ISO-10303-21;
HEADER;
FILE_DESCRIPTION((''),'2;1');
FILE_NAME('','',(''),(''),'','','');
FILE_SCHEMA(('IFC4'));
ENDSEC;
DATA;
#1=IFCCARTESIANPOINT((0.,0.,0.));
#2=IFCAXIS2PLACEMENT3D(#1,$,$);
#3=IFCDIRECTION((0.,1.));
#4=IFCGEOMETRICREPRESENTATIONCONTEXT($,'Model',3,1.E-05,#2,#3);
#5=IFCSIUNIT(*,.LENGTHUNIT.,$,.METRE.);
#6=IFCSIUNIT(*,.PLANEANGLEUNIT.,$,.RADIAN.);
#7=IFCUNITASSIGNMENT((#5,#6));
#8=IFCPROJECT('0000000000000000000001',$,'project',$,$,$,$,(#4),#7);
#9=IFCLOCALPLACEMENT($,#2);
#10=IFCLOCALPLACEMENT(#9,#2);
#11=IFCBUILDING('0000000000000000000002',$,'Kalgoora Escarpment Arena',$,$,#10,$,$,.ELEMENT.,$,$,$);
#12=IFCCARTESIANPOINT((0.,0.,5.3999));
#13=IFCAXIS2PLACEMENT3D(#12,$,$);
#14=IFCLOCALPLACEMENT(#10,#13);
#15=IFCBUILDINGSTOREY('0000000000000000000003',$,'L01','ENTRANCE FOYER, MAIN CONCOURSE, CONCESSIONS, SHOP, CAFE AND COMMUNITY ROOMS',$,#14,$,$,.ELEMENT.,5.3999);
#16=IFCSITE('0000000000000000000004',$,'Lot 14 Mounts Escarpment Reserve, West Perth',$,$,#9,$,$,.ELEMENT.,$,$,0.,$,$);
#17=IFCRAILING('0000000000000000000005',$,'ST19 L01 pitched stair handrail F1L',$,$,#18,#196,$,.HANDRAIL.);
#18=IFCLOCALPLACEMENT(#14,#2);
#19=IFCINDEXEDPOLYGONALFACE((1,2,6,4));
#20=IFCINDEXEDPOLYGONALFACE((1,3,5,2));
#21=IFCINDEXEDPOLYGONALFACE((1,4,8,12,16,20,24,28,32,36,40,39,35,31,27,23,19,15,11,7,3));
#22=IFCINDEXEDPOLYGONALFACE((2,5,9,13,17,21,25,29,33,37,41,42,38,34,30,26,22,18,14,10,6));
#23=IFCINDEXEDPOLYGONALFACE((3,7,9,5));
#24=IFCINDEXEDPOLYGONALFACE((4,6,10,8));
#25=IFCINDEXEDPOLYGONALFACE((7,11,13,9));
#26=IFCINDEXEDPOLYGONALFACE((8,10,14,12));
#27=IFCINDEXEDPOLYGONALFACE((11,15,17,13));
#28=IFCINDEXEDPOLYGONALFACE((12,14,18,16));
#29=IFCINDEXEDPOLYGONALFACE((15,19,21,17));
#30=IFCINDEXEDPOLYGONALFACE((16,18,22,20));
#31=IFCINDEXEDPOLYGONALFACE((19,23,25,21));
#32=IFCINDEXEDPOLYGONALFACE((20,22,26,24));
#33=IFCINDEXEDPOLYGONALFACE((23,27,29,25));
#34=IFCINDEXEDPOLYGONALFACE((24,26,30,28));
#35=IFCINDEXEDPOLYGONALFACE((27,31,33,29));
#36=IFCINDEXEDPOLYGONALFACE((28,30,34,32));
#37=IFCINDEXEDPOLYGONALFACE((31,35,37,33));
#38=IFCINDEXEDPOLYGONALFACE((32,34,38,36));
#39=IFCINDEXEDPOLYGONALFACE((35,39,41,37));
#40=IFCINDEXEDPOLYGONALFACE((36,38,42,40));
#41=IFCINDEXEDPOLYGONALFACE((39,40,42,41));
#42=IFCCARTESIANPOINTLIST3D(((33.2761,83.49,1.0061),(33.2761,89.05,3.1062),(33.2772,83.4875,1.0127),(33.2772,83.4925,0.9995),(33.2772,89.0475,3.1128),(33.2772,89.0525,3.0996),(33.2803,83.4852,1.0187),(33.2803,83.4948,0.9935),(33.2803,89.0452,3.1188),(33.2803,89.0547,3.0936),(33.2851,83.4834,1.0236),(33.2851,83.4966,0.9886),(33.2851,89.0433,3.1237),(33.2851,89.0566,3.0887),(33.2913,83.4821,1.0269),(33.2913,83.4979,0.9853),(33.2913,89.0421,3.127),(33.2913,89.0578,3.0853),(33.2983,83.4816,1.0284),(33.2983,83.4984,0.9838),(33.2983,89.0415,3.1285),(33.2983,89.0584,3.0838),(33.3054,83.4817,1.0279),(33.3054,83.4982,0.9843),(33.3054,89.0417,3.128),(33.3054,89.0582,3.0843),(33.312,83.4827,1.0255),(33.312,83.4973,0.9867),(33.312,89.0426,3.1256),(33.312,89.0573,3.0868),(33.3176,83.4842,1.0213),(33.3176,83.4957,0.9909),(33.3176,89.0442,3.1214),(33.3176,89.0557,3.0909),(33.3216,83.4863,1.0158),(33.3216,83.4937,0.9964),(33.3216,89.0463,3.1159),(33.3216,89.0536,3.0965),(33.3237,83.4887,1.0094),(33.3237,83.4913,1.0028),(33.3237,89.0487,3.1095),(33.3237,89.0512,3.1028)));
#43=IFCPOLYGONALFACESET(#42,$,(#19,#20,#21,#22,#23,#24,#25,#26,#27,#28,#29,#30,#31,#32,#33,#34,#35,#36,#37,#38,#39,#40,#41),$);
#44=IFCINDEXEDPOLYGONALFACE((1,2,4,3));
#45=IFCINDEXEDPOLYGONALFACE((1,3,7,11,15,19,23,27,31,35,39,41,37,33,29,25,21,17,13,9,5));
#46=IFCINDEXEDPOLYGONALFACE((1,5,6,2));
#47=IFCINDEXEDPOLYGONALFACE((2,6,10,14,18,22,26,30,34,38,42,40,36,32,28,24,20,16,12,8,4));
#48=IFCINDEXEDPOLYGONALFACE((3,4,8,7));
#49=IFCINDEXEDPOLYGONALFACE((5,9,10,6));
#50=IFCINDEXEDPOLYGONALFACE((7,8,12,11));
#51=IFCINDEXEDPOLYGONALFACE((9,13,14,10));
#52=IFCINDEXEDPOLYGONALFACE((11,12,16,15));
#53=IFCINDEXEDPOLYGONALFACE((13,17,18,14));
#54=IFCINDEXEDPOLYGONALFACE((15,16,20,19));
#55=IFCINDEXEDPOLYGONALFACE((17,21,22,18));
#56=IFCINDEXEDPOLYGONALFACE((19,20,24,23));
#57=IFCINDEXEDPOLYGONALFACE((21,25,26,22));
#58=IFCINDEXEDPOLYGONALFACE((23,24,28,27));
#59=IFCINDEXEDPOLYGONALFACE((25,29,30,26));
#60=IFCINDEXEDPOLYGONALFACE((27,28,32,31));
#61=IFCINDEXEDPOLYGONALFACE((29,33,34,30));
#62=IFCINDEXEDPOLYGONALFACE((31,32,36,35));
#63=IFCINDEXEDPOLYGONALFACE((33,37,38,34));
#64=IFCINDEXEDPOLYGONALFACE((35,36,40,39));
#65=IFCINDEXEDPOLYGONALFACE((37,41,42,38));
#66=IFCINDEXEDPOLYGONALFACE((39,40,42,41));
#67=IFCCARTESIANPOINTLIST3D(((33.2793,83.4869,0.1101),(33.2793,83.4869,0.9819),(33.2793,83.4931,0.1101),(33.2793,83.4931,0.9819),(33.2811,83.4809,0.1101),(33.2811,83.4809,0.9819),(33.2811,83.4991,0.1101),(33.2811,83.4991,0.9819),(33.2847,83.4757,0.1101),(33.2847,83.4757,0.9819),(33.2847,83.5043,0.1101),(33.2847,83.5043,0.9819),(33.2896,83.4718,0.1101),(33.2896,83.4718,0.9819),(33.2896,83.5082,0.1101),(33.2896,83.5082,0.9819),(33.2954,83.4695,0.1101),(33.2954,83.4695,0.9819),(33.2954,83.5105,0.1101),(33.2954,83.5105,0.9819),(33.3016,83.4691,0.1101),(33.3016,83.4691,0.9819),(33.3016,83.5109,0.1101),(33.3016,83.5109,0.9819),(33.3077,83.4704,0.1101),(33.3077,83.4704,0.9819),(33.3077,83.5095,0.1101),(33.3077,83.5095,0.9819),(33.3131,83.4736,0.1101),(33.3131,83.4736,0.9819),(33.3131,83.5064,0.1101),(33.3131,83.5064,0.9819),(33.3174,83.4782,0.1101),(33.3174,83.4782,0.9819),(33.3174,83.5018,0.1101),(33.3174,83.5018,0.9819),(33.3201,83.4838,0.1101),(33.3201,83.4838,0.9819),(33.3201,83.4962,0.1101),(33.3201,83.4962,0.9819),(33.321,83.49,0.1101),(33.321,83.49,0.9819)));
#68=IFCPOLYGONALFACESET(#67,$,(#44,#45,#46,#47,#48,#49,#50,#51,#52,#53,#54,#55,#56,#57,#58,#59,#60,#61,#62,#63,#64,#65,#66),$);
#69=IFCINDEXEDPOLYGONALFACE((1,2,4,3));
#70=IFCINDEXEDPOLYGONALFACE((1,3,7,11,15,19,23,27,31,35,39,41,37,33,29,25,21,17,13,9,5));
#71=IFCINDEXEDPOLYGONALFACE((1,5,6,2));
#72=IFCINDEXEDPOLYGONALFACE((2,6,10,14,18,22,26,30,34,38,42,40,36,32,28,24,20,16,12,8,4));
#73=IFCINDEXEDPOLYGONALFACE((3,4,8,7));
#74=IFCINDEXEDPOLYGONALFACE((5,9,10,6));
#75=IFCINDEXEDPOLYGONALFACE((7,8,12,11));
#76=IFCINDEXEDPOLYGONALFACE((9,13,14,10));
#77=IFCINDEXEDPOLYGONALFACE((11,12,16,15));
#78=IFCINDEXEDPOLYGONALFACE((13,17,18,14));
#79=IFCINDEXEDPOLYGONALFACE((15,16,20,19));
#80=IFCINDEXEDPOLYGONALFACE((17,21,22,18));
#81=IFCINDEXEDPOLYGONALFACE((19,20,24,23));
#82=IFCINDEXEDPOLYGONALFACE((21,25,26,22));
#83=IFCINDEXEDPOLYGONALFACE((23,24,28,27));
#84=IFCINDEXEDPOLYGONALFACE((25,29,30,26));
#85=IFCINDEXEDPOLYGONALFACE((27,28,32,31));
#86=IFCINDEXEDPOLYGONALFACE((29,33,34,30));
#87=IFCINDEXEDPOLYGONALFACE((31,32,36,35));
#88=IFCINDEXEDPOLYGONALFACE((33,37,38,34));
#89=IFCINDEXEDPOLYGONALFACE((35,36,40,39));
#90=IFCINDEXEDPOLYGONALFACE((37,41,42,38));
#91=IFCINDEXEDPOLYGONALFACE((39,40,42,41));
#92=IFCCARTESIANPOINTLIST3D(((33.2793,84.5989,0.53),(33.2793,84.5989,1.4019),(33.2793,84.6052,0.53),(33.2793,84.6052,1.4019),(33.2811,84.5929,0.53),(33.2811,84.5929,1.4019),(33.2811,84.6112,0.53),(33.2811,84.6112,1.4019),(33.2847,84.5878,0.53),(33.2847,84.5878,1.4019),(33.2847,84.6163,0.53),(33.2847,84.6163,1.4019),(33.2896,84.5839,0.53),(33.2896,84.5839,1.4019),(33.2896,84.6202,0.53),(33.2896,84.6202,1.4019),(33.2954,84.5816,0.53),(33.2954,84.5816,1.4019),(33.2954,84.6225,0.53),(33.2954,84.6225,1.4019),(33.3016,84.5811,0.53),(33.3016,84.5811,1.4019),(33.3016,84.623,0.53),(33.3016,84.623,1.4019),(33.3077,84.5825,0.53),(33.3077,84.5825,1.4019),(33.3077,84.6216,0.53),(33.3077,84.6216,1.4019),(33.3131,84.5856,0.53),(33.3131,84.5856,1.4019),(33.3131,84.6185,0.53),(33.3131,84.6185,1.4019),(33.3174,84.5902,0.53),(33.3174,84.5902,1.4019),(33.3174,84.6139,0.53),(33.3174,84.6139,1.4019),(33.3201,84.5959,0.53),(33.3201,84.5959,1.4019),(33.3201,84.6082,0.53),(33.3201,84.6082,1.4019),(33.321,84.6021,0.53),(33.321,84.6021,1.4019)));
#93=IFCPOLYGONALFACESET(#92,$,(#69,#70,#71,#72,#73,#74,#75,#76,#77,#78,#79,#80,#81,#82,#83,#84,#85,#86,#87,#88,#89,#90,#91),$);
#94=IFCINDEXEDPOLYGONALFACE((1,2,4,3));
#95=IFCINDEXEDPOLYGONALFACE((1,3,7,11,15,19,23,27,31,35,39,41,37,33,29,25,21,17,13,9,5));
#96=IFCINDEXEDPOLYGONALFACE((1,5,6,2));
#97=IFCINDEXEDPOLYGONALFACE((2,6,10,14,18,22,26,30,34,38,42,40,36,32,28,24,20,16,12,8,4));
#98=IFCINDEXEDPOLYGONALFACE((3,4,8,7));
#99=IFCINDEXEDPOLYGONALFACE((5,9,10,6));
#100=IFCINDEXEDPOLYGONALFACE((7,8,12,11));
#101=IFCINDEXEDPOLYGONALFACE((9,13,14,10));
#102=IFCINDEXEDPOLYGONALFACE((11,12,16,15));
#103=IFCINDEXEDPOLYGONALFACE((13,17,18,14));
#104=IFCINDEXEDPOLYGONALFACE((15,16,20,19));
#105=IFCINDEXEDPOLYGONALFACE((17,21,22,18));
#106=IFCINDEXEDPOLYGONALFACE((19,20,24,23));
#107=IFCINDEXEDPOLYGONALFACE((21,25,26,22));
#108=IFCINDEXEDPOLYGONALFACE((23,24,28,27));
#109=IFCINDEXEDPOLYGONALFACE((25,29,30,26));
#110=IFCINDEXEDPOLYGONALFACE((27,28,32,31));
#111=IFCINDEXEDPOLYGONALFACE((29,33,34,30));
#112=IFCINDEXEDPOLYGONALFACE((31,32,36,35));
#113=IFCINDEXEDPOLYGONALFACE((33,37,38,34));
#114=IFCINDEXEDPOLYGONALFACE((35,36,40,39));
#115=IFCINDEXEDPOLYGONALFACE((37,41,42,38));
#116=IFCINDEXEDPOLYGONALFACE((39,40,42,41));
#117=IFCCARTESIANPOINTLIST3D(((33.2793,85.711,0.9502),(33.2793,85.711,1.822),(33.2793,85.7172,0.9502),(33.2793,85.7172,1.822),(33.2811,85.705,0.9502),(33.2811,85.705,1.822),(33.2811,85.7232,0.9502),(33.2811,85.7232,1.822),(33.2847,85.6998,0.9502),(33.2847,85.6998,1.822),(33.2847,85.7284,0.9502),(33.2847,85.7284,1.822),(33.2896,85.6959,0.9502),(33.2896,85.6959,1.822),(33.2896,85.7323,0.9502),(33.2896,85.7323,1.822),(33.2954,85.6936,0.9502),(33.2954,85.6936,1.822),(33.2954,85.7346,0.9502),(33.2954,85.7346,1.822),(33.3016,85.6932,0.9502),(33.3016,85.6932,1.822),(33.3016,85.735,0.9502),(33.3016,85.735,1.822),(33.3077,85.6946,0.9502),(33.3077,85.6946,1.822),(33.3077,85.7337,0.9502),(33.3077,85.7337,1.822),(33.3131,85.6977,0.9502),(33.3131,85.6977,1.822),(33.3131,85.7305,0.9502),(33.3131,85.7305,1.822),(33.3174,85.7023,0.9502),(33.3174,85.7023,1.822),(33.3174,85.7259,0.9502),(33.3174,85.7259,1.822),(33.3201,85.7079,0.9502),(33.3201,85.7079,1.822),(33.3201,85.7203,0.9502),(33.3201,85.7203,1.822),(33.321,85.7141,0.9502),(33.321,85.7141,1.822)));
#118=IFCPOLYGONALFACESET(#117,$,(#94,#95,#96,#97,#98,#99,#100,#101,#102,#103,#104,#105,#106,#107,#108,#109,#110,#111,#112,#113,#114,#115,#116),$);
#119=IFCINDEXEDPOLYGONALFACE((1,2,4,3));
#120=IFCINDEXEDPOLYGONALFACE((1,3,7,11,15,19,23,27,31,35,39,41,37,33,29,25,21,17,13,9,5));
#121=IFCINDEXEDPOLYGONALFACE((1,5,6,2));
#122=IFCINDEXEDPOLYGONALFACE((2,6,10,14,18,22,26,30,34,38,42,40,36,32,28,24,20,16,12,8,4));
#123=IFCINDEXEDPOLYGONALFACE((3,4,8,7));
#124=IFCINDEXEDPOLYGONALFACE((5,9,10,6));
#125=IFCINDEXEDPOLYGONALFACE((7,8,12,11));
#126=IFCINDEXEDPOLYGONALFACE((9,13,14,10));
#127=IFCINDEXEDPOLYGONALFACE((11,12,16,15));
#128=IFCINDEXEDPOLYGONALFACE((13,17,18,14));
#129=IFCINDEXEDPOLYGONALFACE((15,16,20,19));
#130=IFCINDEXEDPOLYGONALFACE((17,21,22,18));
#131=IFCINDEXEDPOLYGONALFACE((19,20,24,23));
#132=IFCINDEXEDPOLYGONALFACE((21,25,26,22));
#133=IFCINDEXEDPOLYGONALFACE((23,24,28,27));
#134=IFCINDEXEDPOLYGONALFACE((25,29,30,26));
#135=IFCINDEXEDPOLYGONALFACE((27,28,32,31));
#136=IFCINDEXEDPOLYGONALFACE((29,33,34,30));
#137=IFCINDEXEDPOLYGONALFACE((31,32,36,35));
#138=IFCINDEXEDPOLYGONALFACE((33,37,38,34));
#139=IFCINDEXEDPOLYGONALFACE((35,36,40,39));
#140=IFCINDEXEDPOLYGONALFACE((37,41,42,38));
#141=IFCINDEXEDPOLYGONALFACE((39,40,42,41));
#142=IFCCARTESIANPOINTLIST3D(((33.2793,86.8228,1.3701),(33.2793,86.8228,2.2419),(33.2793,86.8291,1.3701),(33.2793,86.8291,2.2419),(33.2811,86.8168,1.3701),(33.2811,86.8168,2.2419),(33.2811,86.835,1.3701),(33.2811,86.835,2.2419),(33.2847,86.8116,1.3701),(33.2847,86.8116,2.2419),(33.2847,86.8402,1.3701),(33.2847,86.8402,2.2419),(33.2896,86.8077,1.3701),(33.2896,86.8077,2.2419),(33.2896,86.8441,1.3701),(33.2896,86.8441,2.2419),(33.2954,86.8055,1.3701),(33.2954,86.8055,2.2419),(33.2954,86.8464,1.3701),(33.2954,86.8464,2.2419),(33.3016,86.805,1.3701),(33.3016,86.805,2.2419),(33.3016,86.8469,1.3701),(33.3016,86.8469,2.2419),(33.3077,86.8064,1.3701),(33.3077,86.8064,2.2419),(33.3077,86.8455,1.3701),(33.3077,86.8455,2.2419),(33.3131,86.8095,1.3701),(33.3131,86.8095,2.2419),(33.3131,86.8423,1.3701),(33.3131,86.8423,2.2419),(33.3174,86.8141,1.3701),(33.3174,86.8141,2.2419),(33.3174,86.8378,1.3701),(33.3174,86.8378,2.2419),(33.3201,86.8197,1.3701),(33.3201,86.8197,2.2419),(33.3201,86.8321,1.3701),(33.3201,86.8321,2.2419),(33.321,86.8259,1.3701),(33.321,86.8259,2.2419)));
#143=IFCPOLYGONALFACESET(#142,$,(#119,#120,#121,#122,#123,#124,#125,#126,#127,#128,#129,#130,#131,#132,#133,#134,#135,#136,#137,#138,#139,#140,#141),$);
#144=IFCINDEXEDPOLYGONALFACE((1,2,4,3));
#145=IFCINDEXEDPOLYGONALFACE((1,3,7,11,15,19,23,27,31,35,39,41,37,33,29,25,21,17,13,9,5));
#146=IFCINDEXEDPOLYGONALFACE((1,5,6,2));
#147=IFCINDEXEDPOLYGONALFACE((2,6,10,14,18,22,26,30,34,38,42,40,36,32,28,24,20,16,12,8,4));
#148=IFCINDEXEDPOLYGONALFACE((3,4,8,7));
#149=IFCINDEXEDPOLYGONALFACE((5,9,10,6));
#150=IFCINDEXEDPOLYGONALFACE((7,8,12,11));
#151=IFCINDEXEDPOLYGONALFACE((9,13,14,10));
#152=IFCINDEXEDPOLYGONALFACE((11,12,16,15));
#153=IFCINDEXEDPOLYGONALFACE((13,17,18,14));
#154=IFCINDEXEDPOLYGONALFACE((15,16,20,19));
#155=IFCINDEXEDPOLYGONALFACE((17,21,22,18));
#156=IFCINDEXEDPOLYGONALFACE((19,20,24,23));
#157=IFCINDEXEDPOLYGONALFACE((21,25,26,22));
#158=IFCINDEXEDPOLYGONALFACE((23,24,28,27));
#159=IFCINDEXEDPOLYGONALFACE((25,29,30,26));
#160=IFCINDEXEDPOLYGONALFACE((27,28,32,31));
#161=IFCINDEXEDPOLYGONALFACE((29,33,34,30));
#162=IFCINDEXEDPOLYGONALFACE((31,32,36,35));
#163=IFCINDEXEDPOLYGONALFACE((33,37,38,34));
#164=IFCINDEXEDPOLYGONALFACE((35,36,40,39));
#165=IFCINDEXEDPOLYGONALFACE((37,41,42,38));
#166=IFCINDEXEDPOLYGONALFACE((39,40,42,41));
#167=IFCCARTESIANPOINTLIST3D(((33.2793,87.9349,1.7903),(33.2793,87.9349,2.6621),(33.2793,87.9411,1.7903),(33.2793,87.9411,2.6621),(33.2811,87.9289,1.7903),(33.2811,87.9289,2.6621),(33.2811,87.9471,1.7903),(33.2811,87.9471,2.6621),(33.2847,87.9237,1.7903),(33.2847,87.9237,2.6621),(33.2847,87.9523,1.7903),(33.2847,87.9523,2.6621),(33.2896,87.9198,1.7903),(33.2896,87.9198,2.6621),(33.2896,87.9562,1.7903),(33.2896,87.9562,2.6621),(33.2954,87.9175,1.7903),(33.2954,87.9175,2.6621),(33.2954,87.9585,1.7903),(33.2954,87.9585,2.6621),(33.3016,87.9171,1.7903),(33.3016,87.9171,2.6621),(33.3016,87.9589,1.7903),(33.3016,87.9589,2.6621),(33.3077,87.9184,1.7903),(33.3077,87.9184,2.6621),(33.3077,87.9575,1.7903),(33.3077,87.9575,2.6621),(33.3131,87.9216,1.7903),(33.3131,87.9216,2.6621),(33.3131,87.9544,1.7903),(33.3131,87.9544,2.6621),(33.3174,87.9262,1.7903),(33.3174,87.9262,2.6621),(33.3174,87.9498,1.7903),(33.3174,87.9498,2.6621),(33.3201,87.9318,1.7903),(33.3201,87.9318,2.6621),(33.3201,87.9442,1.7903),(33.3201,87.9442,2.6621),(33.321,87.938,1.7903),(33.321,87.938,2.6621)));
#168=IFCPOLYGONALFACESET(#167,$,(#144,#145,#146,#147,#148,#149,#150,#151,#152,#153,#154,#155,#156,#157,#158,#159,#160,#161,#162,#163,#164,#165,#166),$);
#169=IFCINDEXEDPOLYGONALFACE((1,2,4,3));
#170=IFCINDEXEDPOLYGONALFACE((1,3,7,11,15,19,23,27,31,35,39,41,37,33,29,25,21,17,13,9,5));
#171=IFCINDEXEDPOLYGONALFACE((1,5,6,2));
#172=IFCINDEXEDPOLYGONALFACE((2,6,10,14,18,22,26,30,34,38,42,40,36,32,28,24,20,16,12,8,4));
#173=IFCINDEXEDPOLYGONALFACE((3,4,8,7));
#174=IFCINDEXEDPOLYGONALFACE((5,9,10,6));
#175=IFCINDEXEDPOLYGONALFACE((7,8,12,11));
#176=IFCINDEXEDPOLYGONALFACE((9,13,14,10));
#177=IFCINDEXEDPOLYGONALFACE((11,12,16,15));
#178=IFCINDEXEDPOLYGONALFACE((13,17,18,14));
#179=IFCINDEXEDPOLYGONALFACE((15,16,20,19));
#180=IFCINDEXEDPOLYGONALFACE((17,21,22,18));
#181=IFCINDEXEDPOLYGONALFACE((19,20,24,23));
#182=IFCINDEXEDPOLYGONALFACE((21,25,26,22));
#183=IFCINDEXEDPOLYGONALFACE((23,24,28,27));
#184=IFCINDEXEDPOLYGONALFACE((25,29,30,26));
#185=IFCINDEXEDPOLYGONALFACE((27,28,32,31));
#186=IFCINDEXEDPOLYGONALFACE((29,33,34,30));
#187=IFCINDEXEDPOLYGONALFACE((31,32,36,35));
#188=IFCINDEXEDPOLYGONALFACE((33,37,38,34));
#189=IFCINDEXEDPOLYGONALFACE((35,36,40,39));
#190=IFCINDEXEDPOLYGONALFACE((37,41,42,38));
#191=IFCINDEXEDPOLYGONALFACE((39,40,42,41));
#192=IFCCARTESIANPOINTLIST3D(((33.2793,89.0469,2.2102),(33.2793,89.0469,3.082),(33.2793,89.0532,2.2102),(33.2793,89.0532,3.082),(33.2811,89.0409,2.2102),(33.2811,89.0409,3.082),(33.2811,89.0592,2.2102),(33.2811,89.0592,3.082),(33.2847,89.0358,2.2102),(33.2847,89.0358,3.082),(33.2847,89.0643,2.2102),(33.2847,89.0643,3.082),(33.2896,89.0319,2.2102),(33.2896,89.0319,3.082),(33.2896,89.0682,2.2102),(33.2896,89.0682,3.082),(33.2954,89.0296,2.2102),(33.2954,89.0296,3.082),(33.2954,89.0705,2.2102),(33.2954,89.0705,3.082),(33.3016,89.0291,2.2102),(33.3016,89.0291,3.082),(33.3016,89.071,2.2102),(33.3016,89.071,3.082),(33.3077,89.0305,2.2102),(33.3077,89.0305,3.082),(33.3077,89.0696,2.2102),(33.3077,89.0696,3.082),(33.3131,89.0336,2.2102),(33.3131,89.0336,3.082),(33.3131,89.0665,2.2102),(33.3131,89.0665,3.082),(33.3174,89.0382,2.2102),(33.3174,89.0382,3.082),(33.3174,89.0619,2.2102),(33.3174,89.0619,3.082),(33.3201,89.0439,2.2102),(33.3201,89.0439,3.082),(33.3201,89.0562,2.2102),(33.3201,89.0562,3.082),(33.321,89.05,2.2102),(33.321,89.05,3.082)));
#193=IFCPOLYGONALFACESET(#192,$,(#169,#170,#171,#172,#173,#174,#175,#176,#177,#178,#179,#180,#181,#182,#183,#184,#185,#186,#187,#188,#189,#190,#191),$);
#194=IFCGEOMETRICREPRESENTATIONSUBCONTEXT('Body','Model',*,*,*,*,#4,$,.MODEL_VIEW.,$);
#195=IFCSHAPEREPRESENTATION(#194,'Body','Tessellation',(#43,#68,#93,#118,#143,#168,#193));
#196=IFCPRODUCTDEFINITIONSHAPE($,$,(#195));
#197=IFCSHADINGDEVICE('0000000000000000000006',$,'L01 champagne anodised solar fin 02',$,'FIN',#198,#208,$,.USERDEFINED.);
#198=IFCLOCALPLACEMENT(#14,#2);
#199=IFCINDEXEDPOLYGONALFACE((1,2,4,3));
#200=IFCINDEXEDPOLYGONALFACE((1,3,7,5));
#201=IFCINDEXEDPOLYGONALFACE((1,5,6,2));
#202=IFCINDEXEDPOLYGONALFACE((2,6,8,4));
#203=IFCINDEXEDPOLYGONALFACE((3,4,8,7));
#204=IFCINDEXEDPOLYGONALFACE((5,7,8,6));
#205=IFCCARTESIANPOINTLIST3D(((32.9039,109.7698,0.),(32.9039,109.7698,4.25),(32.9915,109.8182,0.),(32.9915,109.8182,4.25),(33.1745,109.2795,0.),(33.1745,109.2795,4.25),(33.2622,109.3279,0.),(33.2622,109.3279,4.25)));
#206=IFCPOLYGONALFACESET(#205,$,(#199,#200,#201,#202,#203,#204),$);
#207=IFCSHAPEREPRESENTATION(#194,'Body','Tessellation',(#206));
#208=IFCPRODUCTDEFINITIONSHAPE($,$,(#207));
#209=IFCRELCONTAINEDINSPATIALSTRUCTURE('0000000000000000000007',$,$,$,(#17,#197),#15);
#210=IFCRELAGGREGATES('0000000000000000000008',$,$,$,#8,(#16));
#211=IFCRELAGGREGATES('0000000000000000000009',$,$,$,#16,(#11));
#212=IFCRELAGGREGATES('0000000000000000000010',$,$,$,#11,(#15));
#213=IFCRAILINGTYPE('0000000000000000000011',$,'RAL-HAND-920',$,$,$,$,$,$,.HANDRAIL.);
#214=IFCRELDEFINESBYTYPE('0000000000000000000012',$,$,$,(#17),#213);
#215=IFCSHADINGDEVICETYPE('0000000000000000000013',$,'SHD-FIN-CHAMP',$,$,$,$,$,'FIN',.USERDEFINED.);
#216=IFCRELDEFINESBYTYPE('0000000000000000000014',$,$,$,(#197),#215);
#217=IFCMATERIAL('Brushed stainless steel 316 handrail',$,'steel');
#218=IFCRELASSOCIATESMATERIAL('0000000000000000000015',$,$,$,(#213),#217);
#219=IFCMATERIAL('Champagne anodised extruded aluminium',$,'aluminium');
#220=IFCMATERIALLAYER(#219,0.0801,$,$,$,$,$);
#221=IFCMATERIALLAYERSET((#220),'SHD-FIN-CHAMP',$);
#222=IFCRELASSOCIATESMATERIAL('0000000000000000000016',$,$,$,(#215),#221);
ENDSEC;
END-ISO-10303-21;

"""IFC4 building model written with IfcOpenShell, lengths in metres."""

from ifc_helpers import new_model, si_unit, direction, frame, origin, origin_2d, place, context, subcontext, project, spatial, rectangle, circle, extrude, material, layer, layer_set, type_object, element, save


model = new_model("IFC4")

# Units and contexts
model_context = context("Model", 3, precision=1e-05, world=origin(), true_north=direction((0.0, 1.0)))
body_context = subcontext(model_context, "Body", "Model", "MODEL_VIEW")
ifc_project = project(units=[si_unit("LENGTHUNIT", "METRE"), si_unit("PLANEANGLEUNIT", "RADIAN")], contexts=[model_context])

# Site, building, storey
site_placement = place(None, origin())
site = spatial("IfcSite", under=ifc_project, at=site_placement, Name="Lot 14 Mounts Escarpment Reserve, West Perth", CompositionType="ELEMENT", RefElevation=0.0)
building_placement = place(site_placement, origin())
building = spatial("IfcBuilding", under=site, at=building_placement, Name="Kalgoora Escarpment Arena", CompositionType="ELEMENT")
storey_placement = place(building_placement, frame((0.0, 0.0, 5.3999)))
storey = spatial("IfcBuildingStorey", under=building, at=storey_placement, Name="L01", Description="ENTRANCE FOYER, MAIN CONCOURSE, CONCESSIONS, SHOP, CAFE AND COMMUNITY ROOMS", CompositionType="ELEMENT", Elevation=5.3999)

# Railing
ifc_material_1 = material(Name="Brushed stainless steel 316 handrail", Category="steel")
railing_type_1 = type_object("IfcRailingType", Name="RAL-HAND-920", PredefinedType="HANDRAIL", material=ifc_material_1)
railing_1_placement = place(storey_placement, frame((33.3, 83.49, 0.1101)))
element("IfcRailing", 1, at=railing_1_placement, inside=storey, type_object=railing_type_1, Name="ST19 L01 pitched stair handrail F1L", PredefinedType="HANDRAIL", context=body_context, shape_type="SweptSolid", body=[
    extrude(circle(Radius=0.0239, at=origin_2d()), frame((0.0, 0.0, 0.896), z_axis=(0.0, 0.935493, 0.353346), x_axis=(-1.0, 0.0, 0.0)), (0.0, 0.0, 1.0), 5.9434),
    extrude(circle(Radius=0.021, at=origin_2d()), origin(), (0.0, 0.0, 1.0), 0.8718),
    extrude(circle(Radius=0.021, at=origin_2d()), frame((0.0, 1.1121, 0.4199)), (0.0, 0.0, 1.0), 0.8718),
    extrude(circle(Radius=0.021, at=origin_2d()), frame((0.0, 2.2241, 0.8401)), (0.0, 0.0, 1.0), 0.8718),
    extrude(circle(Radius=0.021, at=origin_2d()), frame((0.0, 3.3359, 1.26)), (0.0, 0.0, 1.0), 0.8718),
    extrude(circle(Radius=0.021, at=origin_2d()), frame((0.0, 4.448, 1.6802)), (0.0, 0.0, 1.0), 0.8718),
    extrude(circle(Radius=0.021, at=origin_2d()), frame((0.0, 5.5601, 2.1001)), (0.0, 0.0, 1.0), 0.8718),
])

# Shading device
ifc_material_2 = material(Name="Champagne anodised extruded aluminium", Category="aluminium")
ifc_layer_1 = layer(ifc_material_2, 0.0801)
ifc_layer_set_1 = layer_set([ifc_layer_1], Name="SHD-FIN-CHAMP")
shading_device_type = type_object("IfcShadingDeviceType", Name="SHD-FIN-CHAMP", ElementType="FIN", PredefinedType="USERDEFINED", material=ifc_layer_set_1)
shading_device_placement = place(storey_placement, frame((33.083, 109.5488, 0.0), z_axis=(0.0, 0.0, 1.0), x_axis=(-0.483282, 0.875465, 0.0)))
element("IfcShadingDevice", 2, at=shading_device_placement, inside=storey, type_object=shading_device_type, Name="L01 champagne anodised solar fin 02", ObjectType="FIN", PredefinedType="USERDEFINED", context=body_context, shape_type="SweptSolid", body=[
    extrude(rectangle(XDim=0.5601, YDim=0.1001, at=origin_2d()), origin(), (0.0, 0.0, 1.0), 4.25),
])

save(model, "model.ifc")
